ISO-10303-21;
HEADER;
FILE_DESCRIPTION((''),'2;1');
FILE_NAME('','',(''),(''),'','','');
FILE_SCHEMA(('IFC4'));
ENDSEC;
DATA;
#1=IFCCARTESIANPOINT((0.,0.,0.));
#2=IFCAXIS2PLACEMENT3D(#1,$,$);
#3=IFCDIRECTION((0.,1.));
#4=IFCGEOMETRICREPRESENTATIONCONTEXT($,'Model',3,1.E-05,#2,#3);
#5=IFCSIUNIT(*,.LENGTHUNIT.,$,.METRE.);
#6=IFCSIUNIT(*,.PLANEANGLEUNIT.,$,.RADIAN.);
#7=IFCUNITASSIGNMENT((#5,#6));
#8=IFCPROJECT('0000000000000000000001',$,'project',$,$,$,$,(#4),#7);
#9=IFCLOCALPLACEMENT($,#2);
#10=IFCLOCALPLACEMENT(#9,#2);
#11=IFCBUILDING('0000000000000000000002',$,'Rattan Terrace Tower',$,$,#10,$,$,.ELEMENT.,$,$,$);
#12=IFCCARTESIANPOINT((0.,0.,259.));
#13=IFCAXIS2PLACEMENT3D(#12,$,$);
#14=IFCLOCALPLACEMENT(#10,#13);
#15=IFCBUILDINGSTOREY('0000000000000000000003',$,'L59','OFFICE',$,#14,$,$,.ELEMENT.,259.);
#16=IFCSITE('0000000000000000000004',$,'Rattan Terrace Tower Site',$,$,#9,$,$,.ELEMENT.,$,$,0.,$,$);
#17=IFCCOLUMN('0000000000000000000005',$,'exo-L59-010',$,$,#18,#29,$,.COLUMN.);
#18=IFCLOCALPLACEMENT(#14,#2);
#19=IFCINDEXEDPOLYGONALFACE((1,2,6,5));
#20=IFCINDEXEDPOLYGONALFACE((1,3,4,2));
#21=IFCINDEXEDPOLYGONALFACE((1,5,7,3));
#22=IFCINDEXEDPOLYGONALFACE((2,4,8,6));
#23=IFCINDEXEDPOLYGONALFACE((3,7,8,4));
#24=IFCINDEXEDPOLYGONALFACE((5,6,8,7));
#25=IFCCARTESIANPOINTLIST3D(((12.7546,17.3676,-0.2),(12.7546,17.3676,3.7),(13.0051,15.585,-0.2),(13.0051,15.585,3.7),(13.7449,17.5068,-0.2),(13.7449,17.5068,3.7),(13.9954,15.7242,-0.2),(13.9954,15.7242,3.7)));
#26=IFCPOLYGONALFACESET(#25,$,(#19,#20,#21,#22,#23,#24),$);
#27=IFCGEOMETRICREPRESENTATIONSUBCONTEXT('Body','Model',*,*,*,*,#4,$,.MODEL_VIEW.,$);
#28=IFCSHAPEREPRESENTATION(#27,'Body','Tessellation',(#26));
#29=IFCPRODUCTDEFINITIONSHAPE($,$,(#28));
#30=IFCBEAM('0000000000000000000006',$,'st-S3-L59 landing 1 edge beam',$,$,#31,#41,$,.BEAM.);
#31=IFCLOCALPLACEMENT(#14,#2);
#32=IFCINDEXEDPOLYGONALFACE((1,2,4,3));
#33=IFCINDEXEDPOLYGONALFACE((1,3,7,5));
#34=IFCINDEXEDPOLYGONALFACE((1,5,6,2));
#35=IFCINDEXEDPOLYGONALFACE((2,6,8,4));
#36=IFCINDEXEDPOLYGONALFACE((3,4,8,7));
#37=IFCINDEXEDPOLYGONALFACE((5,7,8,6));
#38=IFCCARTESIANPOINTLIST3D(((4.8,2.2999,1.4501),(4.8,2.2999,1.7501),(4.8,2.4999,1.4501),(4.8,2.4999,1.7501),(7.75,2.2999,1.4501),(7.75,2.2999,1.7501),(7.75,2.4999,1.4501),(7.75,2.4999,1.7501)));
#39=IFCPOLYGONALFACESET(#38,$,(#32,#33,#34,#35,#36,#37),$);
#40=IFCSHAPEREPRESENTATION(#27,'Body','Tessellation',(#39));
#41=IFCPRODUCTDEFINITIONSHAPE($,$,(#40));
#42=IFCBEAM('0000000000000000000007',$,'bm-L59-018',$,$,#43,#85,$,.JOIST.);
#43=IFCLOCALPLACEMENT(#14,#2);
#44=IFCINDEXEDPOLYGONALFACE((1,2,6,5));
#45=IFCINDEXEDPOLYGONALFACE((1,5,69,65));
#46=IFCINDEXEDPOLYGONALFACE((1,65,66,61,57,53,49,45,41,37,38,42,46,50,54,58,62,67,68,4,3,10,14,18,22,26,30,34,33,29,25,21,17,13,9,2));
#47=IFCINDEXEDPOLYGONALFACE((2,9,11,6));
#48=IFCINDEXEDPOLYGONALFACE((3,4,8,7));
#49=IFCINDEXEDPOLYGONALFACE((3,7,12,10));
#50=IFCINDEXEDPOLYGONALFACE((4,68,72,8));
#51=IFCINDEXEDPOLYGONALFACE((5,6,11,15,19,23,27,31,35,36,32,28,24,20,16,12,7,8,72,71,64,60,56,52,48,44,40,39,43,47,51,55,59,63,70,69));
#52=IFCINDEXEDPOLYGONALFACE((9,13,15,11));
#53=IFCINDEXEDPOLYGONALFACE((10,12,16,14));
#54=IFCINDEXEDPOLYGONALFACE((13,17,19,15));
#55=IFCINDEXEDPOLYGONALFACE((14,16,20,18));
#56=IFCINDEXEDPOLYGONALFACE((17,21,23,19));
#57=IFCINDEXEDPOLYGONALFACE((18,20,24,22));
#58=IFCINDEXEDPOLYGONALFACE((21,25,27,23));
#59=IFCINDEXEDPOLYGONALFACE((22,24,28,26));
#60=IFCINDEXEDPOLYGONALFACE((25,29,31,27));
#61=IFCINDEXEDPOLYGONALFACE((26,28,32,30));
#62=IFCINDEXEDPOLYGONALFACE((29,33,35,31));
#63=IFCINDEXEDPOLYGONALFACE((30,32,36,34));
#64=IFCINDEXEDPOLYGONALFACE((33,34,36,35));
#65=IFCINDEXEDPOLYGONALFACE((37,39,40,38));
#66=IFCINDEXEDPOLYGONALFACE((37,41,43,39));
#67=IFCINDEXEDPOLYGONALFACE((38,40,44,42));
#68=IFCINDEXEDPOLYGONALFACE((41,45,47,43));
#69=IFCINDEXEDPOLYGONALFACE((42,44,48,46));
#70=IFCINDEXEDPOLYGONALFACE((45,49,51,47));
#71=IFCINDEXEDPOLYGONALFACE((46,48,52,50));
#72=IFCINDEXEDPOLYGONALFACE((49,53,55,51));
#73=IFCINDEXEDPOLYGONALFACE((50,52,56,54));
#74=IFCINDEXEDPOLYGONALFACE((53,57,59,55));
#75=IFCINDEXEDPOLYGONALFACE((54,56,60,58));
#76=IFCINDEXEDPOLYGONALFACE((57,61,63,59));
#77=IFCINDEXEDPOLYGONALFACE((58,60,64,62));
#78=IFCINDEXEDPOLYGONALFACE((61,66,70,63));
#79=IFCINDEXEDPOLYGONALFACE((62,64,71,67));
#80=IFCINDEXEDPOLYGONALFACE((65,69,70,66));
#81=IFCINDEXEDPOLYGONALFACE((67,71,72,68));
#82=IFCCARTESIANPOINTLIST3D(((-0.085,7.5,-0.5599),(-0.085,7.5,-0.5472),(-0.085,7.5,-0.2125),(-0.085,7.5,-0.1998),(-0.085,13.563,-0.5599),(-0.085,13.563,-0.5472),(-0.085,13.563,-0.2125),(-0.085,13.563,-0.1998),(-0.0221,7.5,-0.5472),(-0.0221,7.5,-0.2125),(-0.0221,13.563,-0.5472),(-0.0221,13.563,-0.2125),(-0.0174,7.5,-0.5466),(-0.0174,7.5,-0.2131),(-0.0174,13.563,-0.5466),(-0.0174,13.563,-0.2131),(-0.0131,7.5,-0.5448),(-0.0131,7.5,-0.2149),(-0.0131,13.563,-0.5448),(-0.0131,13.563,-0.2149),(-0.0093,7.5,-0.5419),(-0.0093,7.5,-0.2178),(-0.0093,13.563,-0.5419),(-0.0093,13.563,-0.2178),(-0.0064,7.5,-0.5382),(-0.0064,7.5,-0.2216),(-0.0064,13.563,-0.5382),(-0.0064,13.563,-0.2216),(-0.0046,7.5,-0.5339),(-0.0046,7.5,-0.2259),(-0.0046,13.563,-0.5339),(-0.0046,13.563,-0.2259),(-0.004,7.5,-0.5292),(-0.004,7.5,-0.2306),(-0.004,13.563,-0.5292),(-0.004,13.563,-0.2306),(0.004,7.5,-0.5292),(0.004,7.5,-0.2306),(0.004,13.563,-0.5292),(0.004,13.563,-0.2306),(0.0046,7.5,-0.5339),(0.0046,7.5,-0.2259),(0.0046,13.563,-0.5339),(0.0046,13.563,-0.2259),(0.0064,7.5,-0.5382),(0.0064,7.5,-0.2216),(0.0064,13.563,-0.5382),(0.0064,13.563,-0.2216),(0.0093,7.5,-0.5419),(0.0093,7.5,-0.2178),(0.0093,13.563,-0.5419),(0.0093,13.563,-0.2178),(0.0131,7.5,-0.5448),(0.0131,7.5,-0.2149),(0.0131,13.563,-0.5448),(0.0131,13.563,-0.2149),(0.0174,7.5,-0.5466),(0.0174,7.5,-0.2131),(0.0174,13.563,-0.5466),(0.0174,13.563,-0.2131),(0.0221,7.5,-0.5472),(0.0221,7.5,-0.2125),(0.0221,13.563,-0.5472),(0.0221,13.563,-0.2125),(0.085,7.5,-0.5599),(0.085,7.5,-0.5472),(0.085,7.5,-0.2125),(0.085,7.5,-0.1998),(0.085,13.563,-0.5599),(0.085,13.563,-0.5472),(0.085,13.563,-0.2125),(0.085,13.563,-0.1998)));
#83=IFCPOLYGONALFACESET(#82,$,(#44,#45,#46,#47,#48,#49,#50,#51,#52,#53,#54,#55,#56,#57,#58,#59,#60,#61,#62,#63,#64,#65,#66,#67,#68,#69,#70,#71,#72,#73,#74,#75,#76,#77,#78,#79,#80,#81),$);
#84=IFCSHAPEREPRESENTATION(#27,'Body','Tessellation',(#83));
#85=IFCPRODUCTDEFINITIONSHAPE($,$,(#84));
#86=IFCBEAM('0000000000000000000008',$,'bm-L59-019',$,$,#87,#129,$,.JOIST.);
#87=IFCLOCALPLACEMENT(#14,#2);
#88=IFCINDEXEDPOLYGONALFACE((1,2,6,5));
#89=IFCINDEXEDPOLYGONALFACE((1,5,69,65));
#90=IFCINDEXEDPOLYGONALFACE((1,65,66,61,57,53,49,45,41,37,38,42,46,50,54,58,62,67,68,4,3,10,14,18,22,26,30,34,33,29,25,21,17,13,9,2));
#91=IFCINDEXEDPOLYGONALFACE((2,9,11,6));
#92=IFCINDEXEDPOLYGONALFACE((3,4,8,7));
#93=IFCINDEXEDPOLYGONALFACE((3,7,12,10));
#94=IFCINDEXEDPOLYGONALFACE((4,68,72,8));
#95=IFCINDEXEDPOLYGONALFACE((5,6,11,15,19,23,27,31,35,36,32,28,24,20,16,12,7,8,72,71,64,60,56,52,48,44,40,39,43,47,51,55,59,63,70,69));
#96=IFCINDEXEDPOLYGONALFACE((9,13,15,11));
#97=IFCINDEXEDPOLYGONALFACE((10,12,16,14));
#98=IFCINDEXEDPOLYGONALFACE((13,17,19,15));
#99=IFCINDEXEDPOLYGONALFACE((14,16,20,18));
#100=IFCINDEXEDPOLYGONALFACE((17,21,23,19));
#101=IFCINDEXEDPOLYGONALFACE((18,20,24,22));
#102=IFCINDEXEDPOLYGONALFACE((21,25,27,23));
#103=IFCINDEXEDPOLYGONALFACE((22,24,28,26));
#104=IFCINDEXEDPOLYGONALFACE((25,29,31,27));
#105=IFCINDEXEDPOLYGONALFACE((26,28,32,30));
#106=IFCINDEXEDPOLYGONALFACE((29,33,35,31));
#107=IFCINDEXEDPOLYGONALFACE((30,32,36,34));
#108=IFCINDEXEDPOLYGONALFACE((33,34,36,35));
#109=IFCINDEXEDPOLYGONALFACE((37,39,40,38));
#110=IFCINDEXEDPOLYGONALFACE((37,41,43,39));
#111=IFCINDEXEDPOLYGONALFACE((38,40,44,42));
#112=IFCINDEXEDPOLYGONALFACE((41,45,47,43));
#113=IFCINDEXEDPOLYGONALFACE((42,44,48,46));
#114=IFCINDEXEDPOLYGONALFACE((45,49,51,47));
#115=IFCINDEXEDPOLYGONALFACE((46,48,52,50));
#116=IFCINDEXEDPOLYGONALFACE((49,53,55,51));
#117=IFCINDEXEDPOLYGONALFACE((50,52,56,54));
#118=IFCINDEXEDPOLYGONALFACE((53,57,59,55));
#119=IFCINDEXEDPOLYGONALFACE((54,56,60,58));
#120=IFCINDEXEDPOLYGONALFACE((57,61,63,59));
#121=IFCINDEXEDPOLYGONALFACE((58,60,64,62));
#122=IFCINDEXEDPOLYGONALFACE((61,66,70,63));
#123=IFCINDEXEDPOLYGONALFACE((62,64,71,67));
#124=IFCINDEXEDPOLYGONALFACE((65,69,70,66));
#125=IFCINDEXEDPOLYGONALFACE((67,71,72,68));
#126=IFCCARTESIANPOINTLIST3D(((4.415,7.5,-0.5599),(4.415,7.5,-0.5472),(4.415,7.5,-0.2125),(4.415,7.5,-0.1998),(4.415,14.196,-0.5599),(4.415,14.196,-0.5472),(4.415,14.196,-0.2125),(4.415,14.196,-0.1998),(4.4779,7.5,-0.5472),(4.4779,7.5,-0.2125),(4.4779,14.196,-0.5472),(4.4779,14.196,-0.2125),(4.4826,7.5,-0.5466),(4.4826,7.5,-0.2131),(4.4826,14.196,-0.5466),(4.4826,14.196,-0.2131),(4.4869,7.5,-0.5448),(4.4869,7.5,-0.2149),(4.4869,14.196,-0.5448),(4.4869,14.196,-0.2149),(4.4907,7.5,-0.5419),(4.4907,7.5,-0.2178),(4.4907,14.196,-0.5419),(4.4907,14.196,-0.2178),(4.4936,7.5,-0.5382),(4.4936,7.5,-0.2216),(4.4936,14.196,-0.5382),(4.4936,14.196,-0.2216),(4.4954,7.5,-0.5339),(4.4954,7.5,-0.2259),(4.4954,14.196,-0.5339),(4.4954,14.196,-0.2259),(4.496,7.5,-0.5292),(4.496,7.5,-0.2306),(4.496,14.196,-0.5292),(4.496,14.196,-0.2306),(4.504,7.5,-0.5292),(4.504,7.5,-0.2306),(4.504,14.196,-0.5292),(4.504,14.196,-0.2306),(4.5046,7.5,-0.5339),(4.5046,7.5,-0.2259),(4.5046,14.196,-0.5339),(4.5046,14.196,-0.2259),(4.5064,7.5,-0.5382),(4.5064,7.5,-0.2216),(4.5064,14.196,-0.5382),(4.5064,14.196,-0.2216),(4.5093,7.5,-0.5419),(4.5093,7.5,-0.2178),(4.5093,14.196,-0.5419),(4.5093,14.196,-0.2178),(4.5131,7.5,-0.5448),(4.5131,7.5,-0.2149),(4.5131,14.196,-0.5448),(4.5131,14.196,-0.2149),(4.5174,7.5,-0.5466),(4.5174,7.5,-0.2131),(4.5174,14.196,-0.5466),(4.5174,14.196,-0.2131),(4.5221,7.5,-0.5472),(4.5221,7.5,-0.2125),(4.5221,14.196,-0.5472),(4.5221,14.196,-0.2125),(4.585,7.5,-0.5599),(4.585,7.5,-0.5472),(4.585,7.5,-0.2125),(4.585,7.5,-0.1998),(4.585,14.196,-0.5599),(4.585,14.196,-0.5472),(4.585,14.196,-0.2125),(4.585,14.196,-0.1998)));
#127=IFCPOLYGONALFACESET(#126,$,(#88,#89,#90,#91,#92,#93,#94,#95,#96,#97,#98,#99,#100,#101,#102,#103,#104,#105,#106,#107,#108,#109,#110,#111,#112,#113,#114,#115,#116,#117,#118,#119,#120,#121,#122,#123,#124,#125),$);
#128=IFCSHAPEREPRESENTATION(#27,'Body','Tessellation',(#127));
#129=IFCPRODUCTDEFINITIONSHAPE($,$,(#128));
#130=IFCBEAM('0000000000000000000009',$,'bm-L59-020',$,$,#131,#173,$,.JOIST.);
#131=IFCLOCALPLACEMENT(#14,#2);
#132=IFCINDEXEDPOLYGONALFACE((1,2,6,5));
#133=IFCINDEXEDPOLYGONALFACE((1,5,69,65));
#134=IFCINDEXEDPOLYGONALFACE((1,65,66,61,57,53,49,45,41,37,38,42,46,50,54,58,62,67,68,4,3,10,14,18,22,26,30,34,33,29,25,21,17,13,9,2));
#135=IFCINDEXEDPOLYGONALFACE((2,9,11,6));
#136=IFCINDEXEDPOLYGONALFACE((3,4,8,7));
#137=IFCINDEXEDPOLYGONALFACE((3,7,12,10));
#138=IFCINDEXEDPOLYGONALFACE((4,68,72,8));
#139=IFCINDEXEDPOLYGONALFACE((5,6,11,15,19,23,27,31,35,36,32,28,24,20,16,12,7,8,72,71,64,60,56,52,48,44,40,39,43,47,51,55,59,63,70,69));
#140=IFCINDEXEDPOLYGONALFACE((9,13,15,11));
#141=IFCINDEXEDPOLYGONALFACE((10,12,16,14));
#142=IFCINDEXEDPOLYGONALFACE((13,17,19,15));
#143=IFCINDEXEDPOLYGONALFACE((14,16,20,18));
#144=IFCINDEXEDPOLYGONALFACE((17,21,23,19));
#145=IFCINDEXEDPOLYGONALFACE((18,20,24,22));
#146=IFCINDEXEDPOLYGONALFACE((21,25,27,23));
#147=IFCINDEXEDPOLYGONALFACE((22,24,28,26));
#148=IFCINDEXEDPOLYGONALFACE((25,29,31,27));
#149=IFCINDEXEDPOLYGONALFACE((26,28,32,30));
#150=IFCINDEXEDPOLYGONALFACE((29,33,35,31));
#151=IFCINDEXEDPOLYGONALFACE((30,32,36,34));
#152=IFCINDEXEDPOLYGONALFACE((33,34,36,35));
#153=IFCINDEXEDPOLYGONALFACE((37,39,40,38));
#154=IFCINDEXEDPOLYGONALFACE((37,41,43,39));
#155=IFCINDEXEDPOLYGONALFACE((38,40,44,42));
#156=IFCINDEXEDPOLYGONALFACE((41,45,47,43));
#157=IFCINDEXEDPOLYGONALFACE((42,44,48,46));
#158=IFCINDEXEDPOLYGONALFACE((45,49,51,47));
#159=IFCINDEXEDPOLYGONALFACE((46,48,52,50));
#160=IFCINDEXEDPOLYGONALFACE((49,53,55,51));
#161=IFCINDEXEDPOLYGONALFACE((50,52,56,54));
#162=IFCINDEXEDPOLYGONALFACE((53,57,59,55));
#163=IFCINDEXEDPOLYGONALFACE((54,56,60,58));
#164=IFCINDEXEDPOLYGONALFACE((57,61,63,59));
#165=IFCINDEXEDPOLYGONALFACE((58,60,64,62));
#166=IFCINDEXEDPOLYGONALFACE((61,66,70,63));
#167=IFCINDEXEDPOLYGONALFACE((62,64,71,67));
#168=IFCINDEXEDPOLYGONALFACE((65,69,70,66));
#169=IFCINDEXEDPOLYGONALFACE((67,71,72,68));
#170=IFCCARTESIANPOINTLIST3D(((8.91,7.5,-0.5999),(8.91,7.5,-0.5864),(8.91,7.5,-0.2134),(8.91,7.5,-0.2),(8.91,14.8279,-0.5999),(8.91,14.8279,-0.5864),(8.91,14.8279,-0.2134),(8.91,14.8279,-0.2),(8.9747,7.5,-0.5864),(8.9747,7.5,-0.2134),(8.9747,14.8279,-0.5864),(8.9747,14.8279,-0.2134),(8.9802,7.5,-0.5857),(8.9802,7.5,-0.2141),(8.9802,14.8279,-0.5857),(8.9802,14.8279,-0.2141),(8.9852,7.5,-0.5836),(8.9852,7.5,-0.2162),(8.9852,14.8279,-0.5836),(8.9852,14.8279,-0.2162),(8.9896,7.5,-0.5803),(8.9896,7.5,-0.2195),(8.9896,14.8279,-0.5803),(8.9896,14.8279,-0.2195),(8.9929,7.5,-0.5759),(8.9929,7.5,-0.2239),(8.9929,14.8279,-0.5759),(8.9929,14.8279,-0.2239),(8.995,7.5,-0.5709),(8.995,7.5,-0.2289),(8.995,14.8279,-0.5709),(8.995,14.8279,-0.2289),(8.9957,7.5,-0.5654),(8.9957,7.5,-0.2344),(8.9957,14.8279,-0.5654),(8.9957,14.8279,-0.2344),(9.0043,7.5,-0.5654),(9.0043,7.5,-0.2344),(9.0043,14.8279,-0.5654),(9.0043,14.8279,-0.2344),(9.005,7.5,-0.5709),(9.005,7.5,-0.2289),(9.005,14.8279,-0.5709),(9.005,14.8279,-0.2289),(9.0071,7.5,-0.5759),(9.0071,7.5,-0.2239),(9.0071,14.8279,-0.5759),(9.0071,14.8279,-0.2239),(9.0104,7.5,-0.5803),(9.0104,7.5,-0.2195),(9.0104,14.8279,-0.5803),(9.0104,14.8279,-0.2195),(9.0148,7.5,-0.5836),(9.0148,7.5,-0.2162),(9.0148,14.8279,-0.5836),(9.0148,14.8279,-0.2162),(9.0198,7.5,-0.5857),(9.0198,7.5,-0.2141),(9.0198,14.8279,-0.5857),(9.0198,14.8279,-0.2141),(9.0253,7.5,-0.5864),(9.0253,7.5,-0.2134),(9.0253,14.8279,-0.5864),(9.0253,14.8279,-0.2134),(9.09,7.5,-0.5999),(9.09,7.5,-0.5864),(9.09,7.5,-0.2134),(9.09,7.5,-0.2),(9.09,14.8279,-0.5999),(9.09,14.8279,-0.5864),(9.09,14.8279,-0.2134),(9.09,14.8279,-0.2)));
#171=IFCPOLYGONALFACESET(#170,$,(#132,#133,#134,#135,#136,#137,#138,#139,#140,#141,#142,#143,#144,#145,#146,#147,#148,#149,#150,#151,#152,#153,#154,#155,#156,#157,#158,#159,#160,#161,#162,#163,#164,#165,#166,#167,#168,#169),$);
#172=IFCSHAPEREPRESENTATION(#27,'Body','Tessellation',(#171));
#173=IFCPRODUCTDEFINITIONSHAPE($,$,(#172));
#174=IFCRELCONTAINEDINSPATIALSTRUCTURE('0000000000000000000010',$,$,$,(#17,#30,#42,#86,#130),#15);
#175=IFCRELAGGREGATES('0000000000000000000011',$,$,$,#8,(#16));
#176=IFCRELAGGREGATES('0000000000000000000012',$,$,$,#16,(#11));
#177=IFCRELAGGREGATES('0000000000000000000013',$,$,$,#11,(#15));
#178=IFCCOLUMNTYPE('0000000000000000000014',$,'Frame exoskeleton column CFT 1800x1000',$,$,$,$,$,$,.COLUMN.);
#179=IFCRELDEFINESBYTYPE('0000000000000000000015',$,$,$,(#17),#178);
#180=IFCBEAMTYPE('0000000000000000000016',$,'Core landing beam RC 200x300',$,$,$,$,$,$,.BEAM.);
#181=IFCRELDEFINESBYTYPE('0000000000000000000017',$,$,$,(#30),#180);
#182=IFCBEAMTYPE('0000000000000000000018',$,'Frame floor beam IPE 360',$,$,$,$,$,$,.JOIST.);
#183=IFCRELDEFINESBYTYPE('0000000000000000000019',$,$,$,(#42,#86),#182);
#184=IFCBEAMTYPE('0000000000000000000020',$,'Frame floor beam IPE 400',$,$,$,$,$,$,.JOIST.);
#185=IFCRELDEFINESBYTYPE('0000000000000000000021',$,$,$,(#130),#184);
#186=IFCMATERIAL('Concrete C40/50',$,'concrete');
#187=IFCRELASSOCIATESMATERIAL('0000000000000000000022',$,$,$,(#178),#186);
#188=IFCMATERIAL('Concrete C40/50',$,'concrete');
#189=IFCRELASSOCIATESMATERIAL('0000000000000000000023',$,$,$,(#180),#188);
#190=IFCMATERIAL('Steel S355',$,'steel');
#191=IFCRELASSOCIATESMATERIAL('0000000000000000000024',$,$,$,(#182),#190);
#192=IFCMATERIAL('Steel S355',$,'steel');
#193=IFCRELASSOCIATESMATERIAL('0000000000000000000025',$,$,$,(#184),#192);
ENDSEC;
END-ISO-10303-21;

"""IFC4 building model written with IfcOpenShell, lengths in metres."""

from ifc_helpers import new_model, si_unit, direction, frame, origin, origin_2d, place, context, subcontext, project, spatial, rectangle, i_section, extrude, material, material_profile, profile_set, type_object, element, save


model = new_model("IFC4")

# Units and contexts
model_context = context("Model", 3, precision=1e-05, world=origin(), true_north=direction((0.0, 1.0)))
body_context = subcontext(model_context, "Body", "Model", "MODEL_VIEW")
ifc_project = project(units=[si_unit("LENGTHUNIT", "METRE"), si_unit("PLANEANGLEUNIT", "RADIAN")], contexts=[model_context])

# Site, building, storey
site_placement = place(None, origin())
site = spatial("IfcSite", under=ifc_project, at=site_placement, Name="Rattan Terrace Tower Site", CompositionType="ELEMENT", RefElevation=0.0)
building_placement = place(site_placement, origin())
building = spatial("IfcBuilding", under=site, at=building_placement, Name="Rattan Terrace Tower", CompositionType="ELEMENT")
storey_placement = place(building_placement, frame((0.0, 0.0, 259.0)))
storey = spatial("IfcBuildingStorey", under=building, at=storey_placement, Name="L59", Description="OFFICE", CompositionType="ELEMENT", Elevation=259.0)

# Column
ifc_material_1 = material(Name="Concrete C40/50", Category="concrete")
ifc_material_profile_1 = material_profile(ifc_material_1, rectangle(XDim=1.0, YDim=1.8, at=origin_2d()), Name="CFT 1800x1000")
ifc_profile_set_1 = profile_set([ifc_material_profile_1], Name="Concrete C40/50")
column_type = type_object("IfcColumnType", Name="Frame exoskeleton column CFT 1800x1000", PredefinedType="COLUMN", material=ifc_profile_set_1)
column_placement = place(storey_placement, frame((13.375, 16.5459, -0.2), z_axis=(0.0, 0.0, 1.0), x_axis=(0.990266, 0.13919, 0.0)))
element("IfcColumn", 1, at=column_placement, inside=storey, type_object=column_type, Name="exo-L59-010", PredefinedType="COLUMN", context=body_context, shape_type="SweptSolid", body=[
    extrude(rectangle(XDim=1.0, YDim=1.8, at=origin_2d()), origin(), (0.0, 0.0, 1.0), 3.8999),
])

# Beams
ifc_material_2 = material(Name="Concrete C40/50", Category="concrete")
ifc_material_profile_2 = material_profile(ifc_material_2, rectangle(XDim=0.2, YDim=0.3, at=origin_2d()), Name="RC 200x300")
ifc_profile_set_2 = profile_set([ifc_material_profile_2], Name="Concrete C40/50")
beam_type_1 = type_object("IfcBeamType", Name="Core landing beam RC 200x300", PredefinedType="BEAM", material=ifc_profile_set_2)
beam_1_placement = place(storey_placement, frame((4.8, 2.3999, 1.6001), z_axis=(1.0, 0.0, 0.0), x_axis=(0.0, 1.0, 0.0)))
element("IfcBeam", 2, at=beam_1_placement, inside=storey, type_object=beam_type_1, Name="st-S3-L59 landing 1 edge beam", PredefinedType="BEAM", context=body_context, shape_type="SweptSolid", body=[
    extrude(rectangle(XDim=0.2, YDim=0.3, at=origin_2d()), origin(), (0.0, 0.0, 1.0), 2.95),
])
ifc_material_3 = material(Name="Steel S355", Category="steel")
ifc_material_profile_3 = material_profile(ifc_material_3, i_section(OverallWidth=0.1699, OverallDepth=0.3601, WebThickness=0.0081, FlangeThickness=0.0127, FilletRadius=0.0181, at=origin_2d()), Name="IPE 360")
ifc_profile_set_3 = profile_set([ifc_material_profile_3], Name="Steel S355")
beam_type_2 = type_object("IfcBeamType", Name="Frame floor beam IPE 360", PredefinedType="JOIST", material=ifc_profile_set_3)
beam_2_placement = place(storey_placement, frame((0.0, 7.5, -0.3799), z_axis=(0.0, 1.0, 0.0), x_axis=(-1.0, 0.0, 0.0)))
element("IfcBeam", 3, at=beam_2_placement, inside=storey, type_object=beam_type_2, Name="bm-L59-018", PredefinedType="JOIST", context=body_context, shape_type="SweptSolid", body=[
    extrude(i_section(OverallWidth=0.1699, OverallDepth=0.3601, WebThickness=0.0081, FlangeThickness=0.0127, FilletRadius=0.0181, at=origin_2d()), origin(), (0.0, 0.0, 1.0), 6.063),
])
beam_3_placement = place(storey_placement, frame((4.5, 7.5, -0.3799), z_axis=(0.0, 1.0, 0.0), x_axis=(-1.0, 0.0, 0.0)))
element("IfcBeam", 4, at=beam_3_placement, inside=storey, type_object=beam_type_2, Name="bm-L59-019", PredefinedType="JOIST", context=body_context, shape_type="SweptSolid", body=[
    extrude(i_section(OverallWidth=0.1699, OverallDepth=0.3601, WebThickness=0.0081, FlangeThickness=0.0127, FilletRadius=0.0181, at=origin_2d()), origin(), (0.0, 0.0, 1.0), 6.696),
])
ifc_material_4 = material(Name="Steel S355", Category="steel")
ifc_material_profile_4 = material_profile(ifc_material_4, i_section(OverallWidth=0.1799, OverallDepth=0.3999, WebThickness=0.0085, FlangeThickness=0.0134, FilletRadius=0.021, at=origin_2d()), Name="IPE 400")
ifc_profile_set_4 = profile_set([ifc_material_profile_4], Name="Steel S355")
beam_type_3 = type_object("IfcBeamType", Name="Frame floor beam IPE 400", PredefinedType="JOIST", material=ifc_profile_set_4)
beam_4_placement = place(storey_placement, frame((9.0, 7.5, -0.3999), z_axis=(0.0, 1.0, 0.0), x_axis=(-1.0, 0.0, 0.0)))
element("IfcBeam", 5, at=beam_4_placement, inside=storey, type_object=beam_type_3, Name="bm-L59-020", PredefinedType="JOIST", context=body_context, shape_type="SweptSolid", body=[
    extrude(i_section(OverallWidth=0.1799, OverallDepth=0.3999, WebThickness=0.0085, FlangeThickness=0.0134, FilletRadius=0.021, at=origin_2d()), origin(), (0.0, 0.0, 1.0), 7.3279),
])

save(model, "model.ifc")
